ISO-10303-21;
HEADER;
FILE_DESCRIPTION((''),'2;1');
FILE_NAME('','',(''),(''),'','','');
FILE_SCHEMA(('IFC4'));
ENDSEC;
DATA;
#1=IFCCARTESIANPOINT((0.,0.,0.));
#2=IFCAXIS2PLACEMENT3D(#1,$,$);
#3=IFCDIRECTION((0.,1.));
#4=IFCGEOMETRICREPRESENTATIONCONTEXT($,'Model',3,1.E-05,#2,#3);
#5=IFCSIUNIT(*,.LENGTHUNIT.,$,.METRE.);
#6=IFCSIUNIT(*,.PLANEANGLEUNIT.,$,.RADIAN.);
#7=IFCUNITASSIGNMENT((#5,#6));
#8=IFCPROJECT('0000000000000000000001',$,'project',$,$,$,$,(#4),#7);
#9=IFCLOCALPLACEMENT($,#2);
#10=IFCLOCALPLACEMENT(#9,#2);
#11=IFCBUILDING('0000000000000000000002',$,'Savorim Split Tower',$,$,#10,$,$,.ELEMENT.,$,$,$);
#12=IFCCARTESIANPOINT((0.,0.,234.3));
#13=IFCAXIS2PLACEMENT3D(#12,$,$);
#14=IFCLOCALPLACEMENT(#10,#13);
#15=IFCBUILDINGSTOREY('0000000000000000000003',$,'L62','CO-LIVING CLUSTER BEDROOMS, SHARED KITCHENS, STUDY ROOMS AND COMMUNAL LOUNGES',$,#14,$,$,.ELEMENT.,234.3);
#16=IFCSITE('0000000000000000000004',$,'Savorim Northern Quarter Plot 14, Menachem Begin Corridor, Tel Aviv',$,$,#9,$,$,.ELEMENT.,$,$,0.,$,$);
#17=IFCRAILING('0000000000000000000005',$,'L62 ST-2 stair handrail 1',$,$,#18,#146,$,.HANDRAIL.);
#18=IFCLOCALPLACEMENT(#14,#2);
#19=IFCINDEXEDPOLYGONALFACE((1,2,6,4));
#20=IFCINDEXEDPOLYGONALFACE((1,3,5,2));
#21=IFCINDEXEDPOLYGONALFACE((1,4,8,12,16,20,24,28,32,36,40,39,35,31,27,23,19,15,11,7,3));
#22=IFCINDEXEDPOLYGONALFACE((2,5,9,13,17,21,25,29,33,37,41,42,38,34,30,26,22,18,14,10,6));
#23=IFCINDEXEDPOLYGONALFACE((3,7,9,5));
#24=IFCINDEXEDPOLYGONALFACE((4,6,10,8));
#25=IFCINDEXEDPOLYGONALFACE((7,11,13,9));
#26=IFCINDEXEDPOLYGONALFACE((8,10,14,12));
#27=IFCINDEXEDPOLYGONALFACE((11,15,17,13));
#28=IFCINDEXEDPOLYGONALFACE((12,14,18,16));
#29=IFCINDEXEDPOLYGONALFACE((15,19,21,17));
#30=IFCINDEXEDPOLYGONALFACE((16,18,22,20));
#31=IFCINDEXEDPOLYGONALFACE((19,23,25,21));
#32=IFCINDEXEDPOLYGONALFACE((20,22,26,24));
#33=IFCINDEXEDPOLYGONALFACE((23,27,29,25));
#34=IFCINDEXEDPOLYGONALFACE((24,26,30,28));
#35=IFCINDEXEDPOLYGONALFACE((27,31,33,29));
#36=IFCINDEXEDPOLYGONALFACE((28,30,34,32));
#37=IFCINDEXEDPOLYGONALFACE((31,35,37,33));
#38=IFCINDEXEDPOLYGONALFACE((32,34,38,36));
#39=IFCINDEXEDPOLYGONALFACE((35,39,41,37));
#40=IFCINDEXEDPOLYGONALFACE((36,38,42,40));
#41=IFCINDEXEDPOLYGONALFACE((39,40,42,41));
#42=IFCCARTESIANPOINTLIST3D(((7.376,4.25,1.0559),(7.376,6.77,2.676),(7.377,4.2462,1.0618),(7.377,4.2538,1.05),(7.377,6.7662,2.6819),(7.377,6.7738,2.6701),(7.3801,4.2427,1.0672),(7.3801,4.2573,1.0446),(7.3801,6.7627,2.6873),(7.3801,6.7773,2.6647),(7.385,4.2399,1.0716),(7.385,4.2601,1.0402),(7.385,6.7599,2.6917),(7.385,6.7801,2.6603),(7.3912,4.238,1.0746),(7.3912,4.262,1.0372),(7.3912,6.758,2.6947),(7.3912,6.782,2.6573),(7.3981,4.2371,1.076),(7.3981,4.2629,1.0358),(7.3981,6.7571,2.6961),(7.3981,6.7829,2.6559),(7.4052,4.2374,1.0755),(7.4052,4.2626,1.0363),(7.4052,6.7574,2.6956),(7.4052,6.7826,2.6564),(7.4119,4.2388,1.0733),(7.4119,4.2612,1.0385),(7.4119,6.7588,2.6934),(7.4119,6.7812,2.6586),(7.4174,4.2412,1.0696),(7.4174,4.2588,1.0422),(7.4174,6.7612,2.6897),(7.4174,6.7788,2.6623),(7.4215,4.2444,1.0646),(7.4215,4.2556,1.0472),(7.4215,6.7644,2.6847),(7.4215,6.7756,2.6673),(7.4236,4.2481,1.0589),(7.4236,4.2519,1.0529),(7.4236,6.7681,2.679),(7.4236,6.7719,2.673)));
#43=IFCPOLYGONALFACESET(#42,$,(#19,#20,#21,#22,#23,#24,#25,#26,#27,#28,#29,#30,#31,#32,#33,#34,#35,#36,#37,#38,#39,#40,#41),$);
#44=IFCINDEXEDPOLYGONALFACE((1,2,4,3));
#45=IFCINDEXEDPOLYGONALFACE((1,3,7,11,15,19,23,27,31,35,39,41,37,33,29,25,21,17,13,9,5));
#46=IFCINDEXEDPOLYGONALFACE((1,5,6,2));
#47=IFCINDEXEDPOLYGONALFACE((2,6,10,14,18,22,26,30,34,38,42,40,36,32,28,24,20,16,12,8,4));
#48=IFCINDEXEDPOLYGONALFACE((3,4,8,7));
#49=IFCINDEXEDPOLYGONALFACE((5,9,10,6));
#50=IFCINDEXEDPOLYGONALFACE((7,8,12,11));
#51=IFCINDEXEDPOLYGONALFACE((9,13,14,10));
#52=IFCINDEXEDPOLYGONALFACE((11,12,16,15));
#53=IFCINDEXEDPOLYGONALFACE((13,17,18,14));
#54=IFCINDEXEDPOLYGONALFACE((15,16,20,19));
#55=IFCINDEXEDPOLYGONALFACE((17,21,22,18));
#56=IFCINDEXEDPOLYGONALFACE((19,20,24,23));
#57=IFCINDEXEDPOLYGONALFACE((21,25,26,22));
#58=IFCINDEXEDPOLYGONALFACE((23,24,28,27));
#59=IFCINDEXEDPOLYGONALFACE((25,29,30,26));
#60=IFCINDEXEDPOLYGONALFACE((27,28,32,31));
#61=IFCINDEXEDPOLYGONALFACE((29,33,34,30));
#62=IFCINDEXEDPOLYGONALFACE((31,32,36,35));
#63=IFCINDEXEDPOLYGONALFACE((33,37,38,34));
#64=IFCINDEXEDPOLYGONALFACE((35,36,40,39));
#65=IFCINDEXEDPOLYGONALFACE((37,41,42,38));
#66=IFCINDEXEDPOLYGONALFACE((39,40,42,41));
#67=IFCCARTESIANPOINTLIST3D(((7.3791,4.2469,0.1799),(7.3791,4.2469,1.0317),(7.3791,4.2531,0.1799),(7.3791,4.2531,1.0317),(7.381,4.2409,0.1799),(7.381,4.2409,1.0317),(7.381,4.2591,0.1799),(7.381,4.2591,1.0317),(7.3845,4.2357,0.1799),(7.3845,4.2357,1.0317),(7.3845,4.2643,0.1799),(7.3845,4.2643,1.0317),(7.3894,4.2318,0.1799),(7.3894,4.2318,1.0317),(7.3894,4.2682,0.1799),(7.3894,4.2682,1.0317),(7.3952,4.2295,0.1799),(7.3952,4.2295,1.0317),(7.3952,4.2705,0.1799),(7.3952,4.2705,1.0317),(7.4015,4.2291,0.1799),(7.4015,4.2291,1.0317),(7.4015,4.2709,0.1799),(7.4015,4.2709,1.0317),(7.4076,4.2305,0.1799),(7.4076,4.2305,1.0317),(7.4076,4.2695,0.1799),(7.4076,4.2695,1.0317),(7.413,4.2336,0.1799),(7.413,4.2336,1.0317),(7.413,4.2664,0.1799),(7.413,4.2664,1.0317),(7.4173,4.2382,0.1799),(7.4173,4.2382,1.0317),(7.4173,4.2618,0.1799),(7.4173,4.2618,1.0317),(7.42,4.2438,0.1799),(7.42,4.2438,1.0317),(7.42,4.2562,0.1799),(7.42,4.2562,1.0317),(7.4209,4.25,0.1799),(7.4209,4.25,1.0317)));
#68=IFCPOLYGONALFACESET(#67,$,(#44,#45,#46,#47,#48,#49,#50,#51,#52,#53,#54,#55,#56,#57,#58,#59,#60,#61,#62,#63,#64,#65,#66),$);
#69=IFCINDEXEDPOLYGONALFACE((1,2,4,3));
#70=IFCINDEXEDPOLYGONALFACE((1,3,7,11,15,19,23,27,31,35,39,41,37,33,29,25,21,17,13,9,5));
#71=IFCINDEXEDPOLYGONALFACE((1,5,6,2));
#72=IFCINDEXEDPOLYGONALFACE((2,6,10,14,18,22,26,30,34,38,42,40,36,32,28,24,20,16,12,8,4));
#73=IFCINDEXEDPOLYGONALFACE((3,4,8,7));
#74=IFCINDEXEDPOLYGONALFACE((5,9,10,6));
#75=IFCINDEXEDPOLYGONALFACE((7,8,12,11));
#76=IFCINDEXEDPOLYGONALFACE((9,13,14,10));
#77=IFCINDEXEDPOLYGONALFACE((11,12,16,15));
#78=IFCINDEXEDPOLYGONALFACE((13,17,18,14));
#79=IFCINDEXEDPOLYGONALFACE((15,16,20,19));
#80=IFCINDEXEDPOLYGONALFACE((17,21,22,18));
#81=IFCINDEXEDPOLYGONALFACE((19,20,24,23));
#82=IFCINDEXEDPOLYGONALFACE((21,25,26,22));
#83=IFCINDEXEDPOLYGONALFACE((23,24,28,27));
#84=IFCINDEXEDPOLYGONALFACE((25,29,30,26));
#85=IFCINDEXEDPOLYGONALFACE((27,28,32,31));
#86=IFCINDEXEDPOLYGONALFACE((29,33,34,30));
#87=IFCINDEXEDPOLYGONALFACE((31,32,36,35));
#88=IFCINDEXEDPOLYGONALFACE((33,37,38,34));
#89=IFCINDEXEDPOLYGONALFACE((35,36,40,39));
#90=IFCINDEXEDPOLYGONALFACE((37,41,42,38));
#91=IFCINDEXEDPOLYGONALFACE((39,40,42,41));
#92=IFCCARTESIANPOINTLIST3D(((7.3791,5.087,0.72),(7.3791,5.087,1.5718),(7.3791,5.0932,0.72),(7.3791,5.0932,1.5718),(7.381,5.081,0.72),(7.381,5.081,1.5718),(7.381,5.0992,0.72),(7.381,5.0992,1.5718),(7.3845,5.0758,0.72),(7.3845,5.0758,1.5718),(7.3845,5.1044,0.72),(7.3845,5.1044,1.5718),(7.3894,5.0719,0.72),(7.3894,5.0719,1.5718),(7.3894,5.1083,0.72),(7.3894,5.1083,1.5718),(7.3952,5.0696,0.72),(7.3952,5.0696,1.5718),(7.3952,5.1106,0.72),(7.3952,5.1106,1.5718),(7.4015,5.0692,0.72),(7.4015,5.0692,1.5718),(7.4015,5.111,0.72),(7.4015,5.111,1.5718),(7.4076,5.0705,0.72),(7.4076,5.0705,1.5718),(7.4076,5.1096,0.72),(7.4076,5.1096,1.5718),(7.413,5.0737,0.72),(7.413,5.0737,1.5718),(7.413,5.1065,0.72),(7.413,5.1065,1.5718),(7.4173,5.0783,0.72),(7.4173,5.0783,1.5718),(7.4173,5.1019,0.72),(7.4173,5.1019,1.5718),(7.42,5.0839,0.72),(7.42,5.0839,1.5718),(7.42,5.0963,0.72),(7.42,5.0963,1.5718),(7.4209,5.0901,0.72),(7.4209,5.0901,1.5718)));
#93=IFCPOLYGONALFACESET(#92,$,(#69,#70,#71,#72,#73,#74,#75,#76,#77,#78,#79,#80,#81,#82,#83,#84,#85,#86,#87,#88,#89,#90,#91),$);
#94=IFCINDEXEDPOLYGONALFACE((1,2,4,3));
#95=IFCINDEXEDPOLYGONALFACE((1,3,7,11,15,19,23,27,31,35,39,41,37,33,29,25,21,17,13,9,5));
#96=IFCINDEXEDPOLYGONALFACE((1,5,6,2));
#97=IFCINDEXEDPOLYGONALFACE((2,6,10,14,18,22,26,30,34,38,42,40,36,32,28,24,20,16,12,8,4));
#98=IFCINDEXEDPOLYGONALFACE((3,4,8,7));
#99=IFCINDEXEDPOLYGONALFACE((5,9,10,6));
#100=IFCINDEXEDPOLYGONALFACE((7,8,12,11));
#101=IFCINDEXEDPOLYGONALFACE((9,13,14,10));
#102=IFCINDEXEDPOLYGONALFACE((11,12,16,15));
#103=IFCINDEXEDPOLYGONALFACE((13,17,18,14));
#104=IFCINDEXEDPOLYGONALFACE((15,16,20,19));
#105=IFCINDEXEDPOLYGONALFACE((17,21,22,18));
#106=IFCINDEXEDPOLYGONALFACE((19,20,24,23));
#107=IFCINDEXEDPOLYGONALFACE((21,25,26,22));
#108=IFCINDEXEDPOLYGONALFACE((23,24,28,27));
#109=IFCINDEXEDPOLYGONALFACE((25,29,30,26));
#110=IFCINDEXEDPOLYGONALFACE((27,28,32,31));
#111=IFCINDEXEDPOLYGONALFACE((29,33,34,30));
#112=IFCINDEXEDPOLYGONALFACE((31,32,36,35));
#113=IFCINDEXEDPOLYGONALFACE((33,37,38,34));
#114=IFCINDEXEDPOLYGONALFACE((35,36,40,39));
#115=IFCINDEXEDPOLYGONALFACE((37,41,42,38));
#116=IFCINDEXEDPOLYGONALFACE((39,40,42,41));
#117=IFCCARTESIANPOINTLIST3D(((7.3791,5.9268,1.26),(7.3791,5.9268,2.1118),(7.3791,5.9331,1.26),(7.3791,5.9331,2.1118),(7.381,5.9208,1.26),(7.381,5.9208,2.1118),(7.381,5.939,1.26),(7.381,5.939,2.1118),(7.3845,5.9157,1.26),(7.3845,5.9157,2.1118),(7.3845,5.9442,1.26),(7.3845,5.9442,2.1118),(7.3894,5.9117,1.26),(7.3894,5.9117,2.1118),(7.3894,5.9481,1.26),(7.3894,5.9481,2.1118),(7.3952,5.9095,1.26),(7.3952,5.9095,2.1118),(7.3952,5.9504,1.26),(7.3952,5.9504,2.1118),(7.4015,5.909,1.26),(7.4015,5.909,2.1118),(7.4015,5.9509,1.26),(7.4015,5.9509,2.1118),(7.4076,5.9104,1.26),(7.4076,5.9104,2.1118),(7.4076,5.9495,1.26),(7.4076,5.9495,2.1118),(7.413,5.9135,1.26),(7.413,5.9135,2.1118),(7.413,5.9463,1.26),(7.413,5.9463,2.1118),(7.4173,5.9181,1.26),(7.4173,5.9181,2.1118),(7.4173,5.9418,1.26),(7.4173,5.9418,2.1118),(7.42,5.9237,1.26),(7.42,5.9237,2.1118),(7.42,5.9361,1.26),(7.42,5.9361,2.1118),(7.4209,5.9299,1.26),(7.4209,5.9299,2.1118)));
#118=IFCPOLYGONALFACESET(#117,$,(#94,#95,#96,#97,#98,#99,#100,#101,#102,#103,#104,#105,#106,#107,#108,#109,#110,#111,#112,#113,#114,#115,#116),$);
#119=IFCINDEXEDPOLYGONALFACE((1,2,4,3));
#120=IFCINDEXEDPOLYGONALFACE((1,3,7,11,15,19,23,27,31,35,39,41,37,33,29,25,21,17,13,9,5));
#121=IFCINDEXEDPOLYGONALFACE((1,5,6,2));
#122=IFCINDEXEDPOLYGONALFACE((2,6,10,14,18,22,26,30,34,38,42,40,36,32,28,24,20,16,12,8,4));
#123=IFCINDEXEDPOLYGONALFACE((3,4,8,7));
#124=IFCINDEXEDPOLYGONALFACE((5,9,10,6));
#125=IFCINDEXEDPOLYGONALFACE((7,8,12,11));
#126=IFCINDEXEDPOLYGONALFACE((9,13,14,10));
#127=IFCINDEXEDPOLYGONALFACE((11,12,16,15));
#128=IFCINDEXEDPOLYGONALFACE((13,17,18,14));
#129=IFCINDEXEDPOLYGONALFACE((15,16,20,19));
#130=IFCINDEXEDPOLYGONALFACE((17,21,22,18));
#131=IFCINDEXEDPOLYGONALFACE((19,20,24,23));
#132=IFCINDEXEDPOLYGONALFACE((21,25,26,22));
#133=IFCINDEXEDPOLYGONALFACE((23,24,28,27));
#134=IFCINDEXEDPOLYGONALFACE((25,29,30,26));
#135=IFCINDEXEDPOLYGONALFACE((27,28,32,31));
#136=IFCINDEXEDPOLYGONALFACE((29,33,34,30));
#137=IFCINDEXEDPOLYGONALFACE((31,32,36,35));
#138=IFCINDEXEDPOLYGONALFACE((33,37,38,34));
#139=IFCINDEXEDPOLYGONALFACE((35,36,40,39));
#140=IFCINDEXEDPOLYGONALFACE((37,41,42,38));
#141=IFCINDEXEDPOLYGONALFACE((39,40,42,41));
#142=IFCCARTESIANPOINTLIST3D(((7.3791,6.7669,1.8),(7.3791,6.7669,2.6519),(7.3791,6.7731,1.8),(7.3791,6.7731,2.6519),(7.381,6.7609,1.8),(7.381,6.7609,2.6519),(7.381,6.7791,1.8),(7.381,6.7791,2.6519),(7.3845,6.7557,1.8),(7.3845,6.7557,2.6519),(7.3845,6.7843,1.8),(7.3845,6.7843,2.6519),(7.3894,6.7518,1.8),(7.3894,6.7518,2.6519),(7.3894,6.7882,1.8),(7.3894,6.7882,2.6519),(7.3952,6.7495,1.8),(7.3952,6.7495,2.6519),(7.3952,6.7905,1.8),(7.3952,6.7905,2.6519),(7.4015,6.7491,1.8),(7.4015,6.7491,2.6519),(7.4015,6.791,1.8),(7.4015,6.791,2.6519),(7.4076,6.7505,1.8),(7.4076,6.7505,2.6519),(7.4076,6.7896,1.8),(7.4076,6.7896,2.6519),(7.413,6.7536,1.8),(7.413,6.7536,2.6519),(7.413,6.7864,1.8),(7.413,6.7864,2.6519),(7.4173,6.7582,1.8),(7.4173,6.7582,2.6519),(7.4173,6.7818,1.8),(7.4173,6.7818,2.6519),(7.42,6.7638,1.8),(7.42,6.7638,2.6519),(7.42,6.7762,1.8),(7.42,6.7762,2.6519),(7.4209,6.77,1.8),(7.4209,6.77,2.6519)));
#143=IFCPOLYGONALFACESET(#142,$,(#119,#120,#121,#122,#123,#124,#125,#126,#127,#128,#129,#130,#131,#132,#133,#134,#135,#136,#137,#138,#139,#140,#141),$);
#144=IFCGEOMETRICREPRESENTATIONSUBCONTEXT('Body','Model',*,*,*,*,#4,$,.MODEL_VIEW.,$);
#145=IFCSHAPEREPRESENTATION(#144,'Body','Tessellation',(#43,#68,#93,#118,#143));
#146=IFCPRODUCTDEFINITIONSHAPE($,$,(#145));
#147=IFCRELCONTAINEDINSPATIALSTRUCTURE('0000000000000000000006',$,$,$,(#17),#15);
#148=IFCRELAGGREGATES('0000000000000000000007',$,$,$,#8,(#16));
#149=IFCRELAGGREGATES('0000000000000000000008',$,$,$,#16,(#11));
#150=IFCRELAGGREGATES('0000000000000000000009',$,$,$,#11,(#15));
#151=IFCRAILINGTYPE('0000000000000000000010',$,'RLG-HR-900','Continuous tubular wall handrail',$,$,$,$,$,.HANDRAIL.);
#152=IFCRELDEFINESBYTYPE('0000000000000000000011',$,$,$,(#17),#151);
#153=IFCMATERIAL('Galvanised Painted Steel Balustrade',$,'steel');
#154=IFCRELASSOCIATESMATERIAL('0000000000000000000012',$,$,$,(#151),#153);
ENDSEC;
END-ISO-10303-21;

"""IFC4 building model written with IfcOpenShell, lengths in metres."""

from ifc_helpers import new_model, si_unit, direction, frame, origin, origin_2d, place, context, subcontext, project, spatial, circle, extrude, material, type_object, element, save


model = new_model("IFC4")

# Units and contexts
model_context = context("Model", 3, precision=1e-05, world=origin(), true_north=direction((0.0, 1.0)))
body_context = subcontext(model_context, "Body", "Model", "MODEL_VIEW")
ifc_project = project(units=[si_unit("LENGTHUNIT", "METRE"), si_unit("PLANEANGLEUNIT", "RADIAN")], contexts=[model_context])

# Site, building, storey
site_placement = place(None, origin())
site = spatial("IfcSite", under=ifc_project, at=site_placement, Name="Savorim Northern Quarter Plot 14, Menachem Begin Corridor, Tel Aviv", CompositionType="ELEMENT", RefElevation=0.0)
building_placement = place(site_placement, origin())
building = spatial("IfcBuilding", under=site, at=building_placement, Name="Savorim Split Tower", CompositionType="ELEMENT")
storey_placement = place(building_placement, frame((0.0, 0.0, 234.3)))
storey = spatial("IfcBuildingStorey", under=building, at=storey_placement, Name="L62", Description="CO-LIVING CLUSTER BEDROOMS, SHARED KITCHENS, STUDY ROOMS AND COMMUNAL LOUNGES", CompositionType="ELEMENT", Elevation=234.3)

# Railing
ifc_material_1 = material(Name="Galvanised Painted Steel Balustrade", Category="steel")
railing_type_1 = type_object("IfcRailingType", Name="RLG-HR-900", Description="Continuous tubular wall handrail", PredefinedType="HANDRAIL", material=ifc_material_1)
railing_1_placement = place(storey_placement, frame((7.3999, 4.25, 0.1799)))
element("IfcRailing", 1, at=railing_1_placement, inside=storey, type_object=railing_type_1, Name="L62 ST-2 stair handrail 1", PredefinedType="HANDRAIL", context=body_context, shape_type="SweptSolid", body=[
    extrude(circle(Radius=0.0239, at=origin_2d()), frame((0.0, 0.0, 0.876), z_axis=(0.0, 0.841163, 0.540782), x_axis=(-1.0, 0.0, 0.0)), (0.0, 0.0, 1.0), 2.9958),
    extrude(circle(Radius=0.021, at=origin_2d()), origin(), (0.0, 0.0, 1.0), 0.8518),
    extrude(circle(Radius=0.021, at=origin_2d()), frame((0.0, 0.8401, 0.54)), (0.0, 0.0, 1.0), 0.8518),
    extrude(circle(Radius=0.021, at=origin_2d()), frame((0.0, 1.6799, 1.0801)), (0.0, 0.0, 1.0), 0.8518),
    extrude(circle(Radius=0.021, at=origin_2d()), frame((0.0, 2.52, 1.6201)), (0.0, 0.0, 1.0), 0.8518),
])

save(model, "model.ifc")
